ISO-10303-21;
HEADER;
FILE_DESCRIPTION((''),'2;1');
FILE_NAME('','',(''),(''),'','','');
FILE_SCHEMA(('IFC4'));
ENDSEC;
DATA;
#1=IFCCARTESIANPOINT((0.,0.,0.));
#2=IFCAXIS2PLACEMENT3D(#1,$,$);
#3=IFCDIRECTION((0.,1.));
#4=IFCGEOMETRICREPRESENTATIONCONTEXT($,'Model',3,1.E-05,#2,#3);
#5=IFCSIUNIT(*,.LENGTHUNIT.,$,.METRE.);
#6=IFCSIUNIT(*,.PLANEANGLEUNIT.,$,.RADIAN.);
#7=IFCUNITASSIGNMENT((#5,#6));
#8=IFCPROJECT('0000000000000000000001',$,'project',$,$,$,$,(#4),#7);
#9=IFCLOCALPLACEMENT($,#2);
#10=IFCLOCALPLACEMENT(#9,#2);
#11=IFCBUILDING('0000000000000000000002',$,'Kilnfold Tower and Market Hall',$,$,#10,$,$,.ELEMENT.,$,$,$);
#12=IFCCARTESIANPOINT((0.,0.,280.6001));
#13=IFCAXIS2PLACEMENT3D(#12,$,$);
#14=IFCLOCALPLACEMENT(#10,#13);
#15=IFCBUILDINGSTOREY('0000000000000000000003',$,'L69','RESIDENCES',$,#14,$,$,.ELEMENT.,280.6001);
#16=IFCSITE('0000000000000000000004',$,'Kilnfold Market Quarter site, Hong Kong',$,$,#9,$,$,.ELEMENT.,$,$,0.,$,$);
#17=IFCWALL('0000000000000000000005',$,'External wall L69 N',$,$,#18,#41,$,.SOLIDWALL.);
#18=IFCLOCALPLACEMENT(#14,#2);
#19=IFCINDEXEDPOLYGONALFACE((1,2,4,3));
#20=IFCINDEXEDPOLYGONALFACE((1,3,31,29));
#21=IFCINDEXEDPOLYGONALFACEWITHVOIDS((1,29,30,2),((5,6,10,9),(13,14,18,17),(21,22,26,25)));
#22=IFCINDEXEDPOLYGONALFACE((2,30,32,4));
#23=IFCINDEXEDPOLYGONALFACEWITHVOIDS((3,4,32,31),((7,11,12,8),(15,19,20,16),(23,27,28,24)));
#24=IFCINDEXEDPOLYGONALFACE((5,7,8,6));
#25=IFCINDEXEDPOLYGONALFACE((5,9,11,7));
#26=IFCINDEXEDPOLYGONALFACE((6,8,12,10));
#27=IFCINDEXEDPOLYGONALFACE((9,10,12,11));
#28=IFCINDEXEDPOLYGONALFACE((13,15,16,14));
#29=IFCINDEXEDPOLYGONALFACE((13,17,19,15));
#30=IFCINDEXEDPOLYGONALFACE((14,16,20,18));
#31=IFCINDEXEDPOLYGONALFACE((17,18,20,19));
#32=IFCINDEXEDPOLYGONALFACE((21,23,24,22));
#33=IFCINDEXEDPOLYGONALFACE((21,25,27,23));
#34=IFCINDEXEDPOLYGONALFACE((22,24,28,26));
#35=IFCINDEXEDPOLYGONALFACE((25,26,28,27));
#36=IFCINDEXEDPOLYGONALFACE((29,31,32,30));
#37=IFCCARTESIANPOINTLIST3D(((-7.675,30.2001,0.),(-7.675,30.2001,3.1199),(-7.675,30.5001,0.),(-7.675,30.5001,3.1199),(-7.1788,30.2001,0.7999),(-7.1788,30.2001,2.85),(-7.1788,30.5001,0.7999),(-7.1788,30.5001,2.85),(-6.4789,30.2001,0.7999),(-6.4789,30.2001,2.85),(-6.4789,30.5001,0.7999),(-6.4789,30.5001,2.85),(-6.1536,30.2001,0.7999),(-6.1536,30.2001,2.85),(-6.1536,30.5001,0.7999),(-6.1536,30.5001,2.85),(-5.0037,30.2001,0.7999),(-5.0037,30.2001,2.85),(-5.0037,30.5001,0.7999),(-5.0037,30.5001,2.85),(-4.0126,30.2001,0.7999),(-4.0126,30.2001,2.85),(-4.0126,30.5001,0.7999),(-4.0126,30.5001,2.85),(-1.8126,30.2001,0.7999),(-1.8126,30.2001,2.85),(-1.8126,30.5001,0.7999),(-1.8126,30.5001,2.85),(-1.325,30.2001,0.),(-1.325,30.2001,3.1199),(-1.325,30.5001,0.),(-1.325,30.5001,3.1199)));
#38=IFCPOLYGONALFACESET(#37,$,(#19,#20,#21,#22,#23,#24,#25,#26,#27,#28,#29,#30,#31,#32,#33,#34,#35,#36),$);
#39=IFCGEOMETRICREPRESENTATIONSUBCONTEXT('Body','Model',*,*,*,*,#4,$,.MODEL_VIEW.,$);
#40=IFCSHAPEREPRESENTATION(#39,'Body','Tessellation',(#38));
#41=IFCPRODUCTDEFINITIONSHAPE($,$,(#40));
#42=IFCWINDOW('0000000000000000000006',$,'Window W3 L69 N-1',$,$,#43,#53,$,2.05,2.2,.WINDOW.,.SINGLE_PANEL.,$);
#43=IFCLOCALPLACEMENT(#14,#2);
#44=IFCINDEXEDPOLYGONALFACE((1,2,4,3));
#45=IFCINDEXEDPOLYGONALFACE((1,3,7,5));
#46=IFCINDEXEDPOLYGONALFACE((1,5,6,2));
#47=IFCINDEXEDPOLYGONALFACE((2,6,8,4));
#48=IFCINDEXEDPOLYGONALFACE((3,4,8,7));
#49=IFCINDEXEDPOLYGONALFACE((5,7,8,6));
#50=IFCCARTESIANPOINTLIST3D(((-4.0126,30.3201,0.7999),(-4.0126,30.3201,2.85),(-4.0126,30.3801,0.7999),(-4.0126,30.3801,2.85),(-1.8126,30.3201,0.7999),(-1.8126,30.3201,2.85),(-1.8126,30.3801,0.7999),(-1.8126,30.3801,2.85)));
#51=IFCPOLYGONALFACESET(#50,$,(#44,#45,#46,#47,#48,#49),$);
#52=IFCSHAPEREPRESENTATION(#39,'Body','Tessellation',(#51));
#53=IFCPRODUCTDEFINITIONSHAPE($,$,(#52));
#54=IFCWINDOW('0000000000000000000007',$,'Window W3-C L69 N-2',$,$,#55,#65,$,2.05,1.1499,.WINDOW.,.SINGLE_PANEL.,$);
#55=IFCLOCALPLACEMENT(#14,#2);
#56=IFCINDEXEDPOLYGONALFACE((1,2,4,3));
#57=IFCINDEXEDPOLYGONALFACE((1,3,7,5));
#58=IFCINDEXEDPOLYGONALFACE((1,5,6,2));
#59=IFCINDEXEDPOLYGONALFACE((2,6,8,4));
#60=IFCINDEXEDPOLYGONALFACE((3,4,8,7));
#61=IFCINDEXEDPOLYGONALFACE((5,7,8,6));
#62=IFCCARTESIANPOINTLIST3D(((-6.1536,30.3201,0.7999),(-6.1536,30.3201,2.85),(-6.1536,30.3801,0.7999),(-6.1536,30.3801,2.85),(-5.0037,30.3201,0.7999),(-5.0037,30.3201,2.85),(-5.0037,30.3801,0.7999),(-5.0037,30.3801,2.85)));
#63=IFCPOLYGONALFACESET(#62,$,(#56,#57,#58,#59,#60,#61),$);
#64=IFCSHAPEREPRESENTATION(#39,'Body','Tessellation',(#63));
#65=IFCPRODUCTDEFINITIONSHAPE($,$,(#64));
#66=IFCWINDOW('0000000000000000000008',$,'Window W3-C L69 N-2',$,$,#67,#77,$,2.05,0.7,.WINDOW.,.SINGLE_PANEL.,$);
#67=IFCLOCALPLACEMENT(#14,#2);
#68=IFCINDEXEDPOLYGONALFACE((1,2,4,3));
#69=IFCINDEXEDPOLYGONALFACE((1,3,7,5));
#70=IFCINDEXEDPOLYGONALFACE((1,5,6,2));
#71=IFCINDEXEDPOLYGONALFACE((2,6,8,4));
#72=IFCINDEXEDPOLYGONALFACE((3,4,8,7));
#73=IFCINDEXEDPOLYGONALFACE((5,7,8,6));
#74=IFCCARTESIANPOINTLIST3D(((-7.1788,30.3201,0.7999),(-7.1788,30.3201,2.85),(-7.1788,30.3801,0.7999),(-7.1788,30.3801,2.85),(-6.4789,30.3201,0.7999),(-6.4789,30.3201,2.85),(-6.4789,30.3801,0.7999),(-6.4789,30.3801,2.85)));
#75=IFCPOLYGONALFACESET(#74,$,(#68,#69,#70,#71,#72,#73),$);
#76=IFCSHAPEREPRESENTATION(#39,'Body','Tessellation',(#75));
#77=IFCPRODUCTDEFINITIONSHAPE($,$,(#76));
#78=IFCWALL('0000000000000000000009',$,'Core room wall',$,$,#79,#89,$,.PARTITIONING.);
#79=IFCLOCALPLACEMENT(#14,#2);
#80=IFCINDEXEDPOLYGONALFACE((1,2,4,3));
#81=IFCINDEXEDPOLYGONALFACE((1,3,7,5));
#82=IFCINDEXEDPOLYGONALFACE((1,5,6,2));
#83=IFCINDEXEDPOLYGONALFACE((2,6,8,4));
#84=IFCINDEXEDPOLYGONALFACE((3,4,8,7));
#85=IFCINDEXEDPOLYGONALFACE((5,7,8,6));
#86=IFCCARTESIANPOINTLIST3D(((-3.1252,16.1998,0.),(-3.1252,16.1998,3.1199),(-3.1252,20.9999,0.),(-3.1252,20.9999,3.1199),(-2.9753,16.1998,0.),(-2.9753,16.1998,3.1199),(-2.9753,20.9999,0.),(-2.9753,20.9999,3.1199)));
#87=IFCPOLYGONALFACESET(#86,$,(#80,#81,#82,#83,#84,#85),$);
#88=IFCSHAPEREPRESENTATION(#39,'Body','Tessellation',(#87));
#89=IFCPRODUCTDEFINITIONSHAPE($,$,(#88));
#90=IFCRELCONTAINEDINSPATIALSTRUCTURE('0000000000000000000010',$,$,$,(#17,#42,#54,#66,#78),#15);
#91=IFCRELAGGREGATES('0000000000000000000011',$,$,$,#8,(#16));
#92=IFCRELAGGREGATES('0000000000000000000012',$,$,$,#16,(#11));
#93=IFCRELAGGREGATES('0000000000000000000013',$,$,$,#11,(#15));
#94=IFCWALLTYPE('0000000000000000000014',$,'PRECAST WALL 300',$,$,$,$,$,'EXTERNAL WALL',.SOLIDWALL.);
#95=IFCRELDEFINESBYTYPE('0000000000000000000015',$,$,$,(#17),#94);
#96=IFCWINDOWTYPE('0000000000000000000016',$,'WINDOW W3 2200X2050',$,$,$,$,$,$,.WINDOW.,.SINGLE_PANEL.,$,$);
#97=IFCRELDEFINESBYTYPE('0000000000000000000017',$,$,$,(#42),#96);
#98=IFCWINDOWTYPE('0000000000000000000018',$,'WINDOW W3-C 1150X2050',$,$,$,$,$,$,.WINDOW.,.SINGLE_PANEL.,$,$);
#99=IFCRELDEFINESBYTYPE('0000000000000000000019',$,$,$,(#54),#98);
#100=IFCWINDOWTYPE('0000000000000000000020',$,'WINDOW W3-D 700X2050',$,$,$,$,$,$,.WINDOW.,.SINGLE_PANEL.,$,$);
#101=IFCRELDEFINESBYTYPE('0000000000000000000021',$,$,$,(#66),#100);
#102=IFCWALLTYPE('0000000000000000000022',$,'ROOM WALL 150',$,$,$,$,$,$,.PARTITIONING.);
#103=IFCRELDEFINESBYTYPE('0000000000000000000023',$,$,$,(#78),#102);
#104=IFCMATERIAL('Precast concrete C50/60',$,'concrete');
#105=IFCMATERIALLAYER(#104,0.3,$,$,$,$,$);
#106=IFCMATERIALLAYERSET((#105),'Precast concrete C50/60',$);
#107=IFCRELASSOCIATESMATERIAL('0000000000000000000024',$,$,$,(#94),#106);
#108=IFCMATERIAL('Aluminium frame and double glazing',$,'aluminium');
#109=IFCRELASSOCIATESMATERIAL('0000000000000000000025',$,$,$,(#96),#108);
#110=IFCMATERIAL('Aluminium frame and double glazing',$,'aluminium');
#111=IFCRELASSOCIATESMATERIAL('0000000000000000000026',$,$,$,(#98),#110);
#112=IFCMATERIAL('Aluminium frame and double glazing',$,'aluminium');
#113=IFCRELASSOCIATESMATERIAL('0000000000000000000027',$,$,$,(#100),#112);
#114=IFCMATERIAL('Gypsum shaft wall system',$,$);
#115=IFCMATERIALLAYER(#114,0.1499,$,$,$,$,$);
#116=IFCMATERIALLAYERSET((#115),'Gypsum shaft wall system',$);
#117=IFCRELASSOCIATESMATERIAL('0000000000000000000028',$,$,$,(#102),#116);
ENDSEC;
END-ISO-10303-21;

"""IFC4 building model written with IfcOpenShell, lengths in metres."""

from ifc_helpers import new_model, si_unit, direction, frame, frame_2d, origin, place, context, subcontext, project, spatial, rectangle, extrude, source, transform, mapped, material, layer, layer_set, type_object, element, fill, save


model = new_model("IFC4")

# Units and contexts
model_context = context("Model", 3, precision=1e-05, world=origin(), true_north=direction((0.0, 1.0)))
body_context = subcontext(model_context, "Body", "Model", "MODEL_VIEW")
ifc_project = project(units=[si_unit("LENGTHUNIT", "METRE"), si_unit("PLANEANGLEUNIT", "RADIAN")], contexts=[model_context])

# Site, building, storey
site_placement = place(None, origin())
site = spatial("IfcSite", under=ifc_project, at=site_placement, Name="Kilnfold Market Quarter site, Hong Kong", CompositionType="ELEMENT", RefElevation=0.0)
building_placement = place(site_placement, origin())
building = spatial("IfcBuilding", under=site, at=building_placement, Name="Kilnfold Tower and Market Hall", CompositionType="ELEMENT")
storey_placement = place(building_placement, frame((0.0, 0.0, 280.6001)))
storey = spatial("IfcBuildingStorey", under=building, at=storey_placement, Name="L69", Description="RESIDENCES", CompositionType="ELEMENT", Elevation=280.6001)

# Wall, openings, windows
ifc_material_1 = material(Name="Precast concrete C50/60", Category="concrete")
ifc_layer_1 = layer(ifc_material_1, 0.3)
ifc_layer_set_1 = layer_set([ifc_layer_1], Name="Precast concrete C50/60")
wall_type_1 = type_object("IfcWallType", Name="PRECAST WALL 300", ElementType="EXTERNAL WALL", PredefinedType="SOLIDWALL", material=ifc_layer_set_1)
shared_shape_1 = source(origin(), body_context, "Body", "SweptSolid", [
    extrude(rectangle(XDim=6.3501, YDim=0.3, at=frame_2d((3.175, 0.0))), origin(), (0.0, 0.0, 1.0), 3.1199),
])
wall_1_placement = place(storey_placement, frame((-1.325, 30.3501, 0.0), z_axis=(0.0, 0.0, 1.0), x_axis=(-1.0, 0.0, 0.0)))
wall_1 = element("IfcWall", 1, at=wall_1_placement, inside=storey, type_object=wall_type_1, Name="External wall L69 N", PredefinedType="SOLIDWALL", context=body_context, shape_type="MappedRepresentation", body=[
    mapped(shared_shape_1, transform((0.0, 0.0, 0.0))),
])
opening_1_placement = place(wall_1_placement, frame((0.4875, 0.0, 0.8)))
opening_1 = element("IfcOpeningElement", 2, at=opening_1_placement, cuts=wall_1, PredefinedType="OPENING", context=body_context, shape_type="SweptSolid", body=[
    extrude(rectangle(XDim=2.2, YDim=2.05, at=frame_2d((1.1001, 1.0249))), frame((0.0, 0.1602, 0.0), z_axis=(0.0, -1.0, 0.0), x_axis=(1.0, 0.0, 0.0)), (0.0, 0.0, 1.0), 0.3201),
])
opening_2_placement = place(wall_1_placement, frame((3.6787, 0.0, 0.8)))
opening_2 = element("IfcOpeningElement", 3, at=opening_2_placement, cuts=wall_1, PredefinedType="OPENING", context=body_context, shape_type="SweptSolid", body=[
    extrude(rectangle(XDim=1.1499, YDim=2.05, at=frame_2d((0.575, 1.0249))), frame((0.0, 0.1602, 0.0), z_axis=(0.0, -1.0, 0.0), x_axis=(1.0, 0.0, 0.0)), (0.0, 0.0, 1.0), 0.3201),
])
opening_3_placement = place(wall_1_placement, frame((5.1538, 0.0, 0.8)))
opening_3 = element("IfcOpeningElement", 4, at=opening_3_placement, cuts=wall_1, PredefinedType="OPENING", context=body_context, shape_type="SweptSolid", body=[
    extrude(rectangle(XDim=0.7, YDim=2.05, at=frame_2d((0.3501, 1.0249))), frame((0.0, 0.1602, 0.0), z_axis=(0.0, -1.0, 0.0), x_axis=(1.0, 0.0, 0.0)), (0.0, 0.0, 1.0), 0.3201),
])
ifc_material_2 = material(Name="Aluminium frame and double glazing", Category="aluminium")
window_type_1 = type_object("IfcWindowType", Name="WINDOW W3 2200X2050", PartitioningType="SINGLE_PANEL", PredefinedType="WINDOW", material=ifc_material_2)
window_1_placement = place(opening_1_placement, origin())
window_1 = element("IfcWindow", 5, at=window_1_placement, inside=storey, type_object=window_type_1, Name="Window W3 L69 N-1", OverallHeight=2.05, OverallWidth=2.2, PartitioningType="SINGLE_PANEL", PredefinedType="WINDOW", context=body_context, shape_type="SweptSolid", body=[
    extrude(rectangle(XDim=2.2, YDim=2.05, at=frame_2d((1.1001, 1.0249))), frame((0.0, 0.03, 0.0), z_axis=(0.0, -1.0, 0.0), x_axis=(1.0, 0.0, 0.0)), (0.0, 0.0, 1.0), 0.0601),
])
fill(opening_1, window_1)
ifc_material_3 = material(Name="Aluminium frame and double glazing", Category="aluminium")
window_type_2 = type_object("IfcWindowType", Name="WINDOW W3-C 1150X2050", PartitioningType="SINGLE_PANEL", PredefinedType="WINDOW", material=ifc_material_3)
window_2_placement = place(opening_2_placement, origin())
window_2 = element("IfcWindow", 6, at=window_2_placement, inside=storey, type_object=window_type_2, Name="Window W3-C L69 N-2", OverallHeight=2.05, OverallWidth=1.1499, PartitioningType="SINGLE_PANEL", PredefinedType="WINDOW", context=body_context, shape_type="SweptSolid", body=[
    extrude(rectangle(XDim=1.1499, YDim=2.05, at=frame_2d((0.575, 1.0249))), frame((0.0, 0.03, 0.0), z_axis=(0.0, -1.0, 0.0), x_axis=(1.0, 0.0, 0.0)), (0.0, 0.0, 1.0), 0.0601),
])
fill(opening_2, window_2)
ifc_material_4 = material(Name="Aluminium frame and double glazing", Category="aluminium")
window_type_3 = type_object("IfcWindowType", Name="WINDOW W3-D 700X2050", PartitioningType="SINGLE_PANEL", PredefinedType="WINDOW", material=ifc_material_4)
window_3_placement = place(opening_3_placement, origin())
window_3 = element("IfcWindow", 7, at=window_3_placement, inside=storey, type_object=window_type_3, Name="Window W3-C L69 N-2", OverallHeight=2.05, OverallWidth=0.7, PartitioningType="SINGLE_PANEL", PredefinedType="WINDOW", context=body_context, shape_type="SweptSolid", body=[
    extrude(rectangle(XDim=0.7, YDim=2.05, at=frame_2d((0.3501, 1.0249))), frame((0.0, 0.03, 0.0), z_axis=(0.0, -1.0, 0.0), x_axis=(1.0, 0.0, 0.0)), (0.0, 0.0, 1.0), 0.0601),
])
fill(opening_3, window_3)

# Wall
ifc_material_5 = material(Name="Gypsum shaft wall system")
ifc_layer_2 = layer(ifc_material_5, 0.1499)
ifc_layer_set_2 = layer_set([ifc_layer_2], Name="Gypsum shaft wall system")
wall_type_2 = type_object("IfcWallType", Name="ROOM WALL 150", PredefinedType="PARTITIONING", material=ifc_layer_set_2)
shared_shape_2 = source(origin(), body_context, "Body", "SweptSolid", [
    extrude(rectangle(XDim=4.8, YDim=0.1499, at=frame_2d((2.3999, 0.0))), origin(), (0.0, 0.0, 1.0), 3.1199),
])
wall_2_placement = place(storey_placement, frame((-3.0503, 16.2, 0.0), z_axis=(0.0, 0.0, 1.0), x_axis=(0.0, 1.0, 0.0)))
element("IfcWall", 8, at=wall_2_placement, inside=storey, type_object=wall_type_2, Name="Core room wall", PredefinedType="PARTITIONING", context=body_context, shape_type="MappedRepresentation", body=[
    mapped(shared_shape_2, transform((0.0, 0.0, 0.0))),
])

save(model, "model.ifc")
